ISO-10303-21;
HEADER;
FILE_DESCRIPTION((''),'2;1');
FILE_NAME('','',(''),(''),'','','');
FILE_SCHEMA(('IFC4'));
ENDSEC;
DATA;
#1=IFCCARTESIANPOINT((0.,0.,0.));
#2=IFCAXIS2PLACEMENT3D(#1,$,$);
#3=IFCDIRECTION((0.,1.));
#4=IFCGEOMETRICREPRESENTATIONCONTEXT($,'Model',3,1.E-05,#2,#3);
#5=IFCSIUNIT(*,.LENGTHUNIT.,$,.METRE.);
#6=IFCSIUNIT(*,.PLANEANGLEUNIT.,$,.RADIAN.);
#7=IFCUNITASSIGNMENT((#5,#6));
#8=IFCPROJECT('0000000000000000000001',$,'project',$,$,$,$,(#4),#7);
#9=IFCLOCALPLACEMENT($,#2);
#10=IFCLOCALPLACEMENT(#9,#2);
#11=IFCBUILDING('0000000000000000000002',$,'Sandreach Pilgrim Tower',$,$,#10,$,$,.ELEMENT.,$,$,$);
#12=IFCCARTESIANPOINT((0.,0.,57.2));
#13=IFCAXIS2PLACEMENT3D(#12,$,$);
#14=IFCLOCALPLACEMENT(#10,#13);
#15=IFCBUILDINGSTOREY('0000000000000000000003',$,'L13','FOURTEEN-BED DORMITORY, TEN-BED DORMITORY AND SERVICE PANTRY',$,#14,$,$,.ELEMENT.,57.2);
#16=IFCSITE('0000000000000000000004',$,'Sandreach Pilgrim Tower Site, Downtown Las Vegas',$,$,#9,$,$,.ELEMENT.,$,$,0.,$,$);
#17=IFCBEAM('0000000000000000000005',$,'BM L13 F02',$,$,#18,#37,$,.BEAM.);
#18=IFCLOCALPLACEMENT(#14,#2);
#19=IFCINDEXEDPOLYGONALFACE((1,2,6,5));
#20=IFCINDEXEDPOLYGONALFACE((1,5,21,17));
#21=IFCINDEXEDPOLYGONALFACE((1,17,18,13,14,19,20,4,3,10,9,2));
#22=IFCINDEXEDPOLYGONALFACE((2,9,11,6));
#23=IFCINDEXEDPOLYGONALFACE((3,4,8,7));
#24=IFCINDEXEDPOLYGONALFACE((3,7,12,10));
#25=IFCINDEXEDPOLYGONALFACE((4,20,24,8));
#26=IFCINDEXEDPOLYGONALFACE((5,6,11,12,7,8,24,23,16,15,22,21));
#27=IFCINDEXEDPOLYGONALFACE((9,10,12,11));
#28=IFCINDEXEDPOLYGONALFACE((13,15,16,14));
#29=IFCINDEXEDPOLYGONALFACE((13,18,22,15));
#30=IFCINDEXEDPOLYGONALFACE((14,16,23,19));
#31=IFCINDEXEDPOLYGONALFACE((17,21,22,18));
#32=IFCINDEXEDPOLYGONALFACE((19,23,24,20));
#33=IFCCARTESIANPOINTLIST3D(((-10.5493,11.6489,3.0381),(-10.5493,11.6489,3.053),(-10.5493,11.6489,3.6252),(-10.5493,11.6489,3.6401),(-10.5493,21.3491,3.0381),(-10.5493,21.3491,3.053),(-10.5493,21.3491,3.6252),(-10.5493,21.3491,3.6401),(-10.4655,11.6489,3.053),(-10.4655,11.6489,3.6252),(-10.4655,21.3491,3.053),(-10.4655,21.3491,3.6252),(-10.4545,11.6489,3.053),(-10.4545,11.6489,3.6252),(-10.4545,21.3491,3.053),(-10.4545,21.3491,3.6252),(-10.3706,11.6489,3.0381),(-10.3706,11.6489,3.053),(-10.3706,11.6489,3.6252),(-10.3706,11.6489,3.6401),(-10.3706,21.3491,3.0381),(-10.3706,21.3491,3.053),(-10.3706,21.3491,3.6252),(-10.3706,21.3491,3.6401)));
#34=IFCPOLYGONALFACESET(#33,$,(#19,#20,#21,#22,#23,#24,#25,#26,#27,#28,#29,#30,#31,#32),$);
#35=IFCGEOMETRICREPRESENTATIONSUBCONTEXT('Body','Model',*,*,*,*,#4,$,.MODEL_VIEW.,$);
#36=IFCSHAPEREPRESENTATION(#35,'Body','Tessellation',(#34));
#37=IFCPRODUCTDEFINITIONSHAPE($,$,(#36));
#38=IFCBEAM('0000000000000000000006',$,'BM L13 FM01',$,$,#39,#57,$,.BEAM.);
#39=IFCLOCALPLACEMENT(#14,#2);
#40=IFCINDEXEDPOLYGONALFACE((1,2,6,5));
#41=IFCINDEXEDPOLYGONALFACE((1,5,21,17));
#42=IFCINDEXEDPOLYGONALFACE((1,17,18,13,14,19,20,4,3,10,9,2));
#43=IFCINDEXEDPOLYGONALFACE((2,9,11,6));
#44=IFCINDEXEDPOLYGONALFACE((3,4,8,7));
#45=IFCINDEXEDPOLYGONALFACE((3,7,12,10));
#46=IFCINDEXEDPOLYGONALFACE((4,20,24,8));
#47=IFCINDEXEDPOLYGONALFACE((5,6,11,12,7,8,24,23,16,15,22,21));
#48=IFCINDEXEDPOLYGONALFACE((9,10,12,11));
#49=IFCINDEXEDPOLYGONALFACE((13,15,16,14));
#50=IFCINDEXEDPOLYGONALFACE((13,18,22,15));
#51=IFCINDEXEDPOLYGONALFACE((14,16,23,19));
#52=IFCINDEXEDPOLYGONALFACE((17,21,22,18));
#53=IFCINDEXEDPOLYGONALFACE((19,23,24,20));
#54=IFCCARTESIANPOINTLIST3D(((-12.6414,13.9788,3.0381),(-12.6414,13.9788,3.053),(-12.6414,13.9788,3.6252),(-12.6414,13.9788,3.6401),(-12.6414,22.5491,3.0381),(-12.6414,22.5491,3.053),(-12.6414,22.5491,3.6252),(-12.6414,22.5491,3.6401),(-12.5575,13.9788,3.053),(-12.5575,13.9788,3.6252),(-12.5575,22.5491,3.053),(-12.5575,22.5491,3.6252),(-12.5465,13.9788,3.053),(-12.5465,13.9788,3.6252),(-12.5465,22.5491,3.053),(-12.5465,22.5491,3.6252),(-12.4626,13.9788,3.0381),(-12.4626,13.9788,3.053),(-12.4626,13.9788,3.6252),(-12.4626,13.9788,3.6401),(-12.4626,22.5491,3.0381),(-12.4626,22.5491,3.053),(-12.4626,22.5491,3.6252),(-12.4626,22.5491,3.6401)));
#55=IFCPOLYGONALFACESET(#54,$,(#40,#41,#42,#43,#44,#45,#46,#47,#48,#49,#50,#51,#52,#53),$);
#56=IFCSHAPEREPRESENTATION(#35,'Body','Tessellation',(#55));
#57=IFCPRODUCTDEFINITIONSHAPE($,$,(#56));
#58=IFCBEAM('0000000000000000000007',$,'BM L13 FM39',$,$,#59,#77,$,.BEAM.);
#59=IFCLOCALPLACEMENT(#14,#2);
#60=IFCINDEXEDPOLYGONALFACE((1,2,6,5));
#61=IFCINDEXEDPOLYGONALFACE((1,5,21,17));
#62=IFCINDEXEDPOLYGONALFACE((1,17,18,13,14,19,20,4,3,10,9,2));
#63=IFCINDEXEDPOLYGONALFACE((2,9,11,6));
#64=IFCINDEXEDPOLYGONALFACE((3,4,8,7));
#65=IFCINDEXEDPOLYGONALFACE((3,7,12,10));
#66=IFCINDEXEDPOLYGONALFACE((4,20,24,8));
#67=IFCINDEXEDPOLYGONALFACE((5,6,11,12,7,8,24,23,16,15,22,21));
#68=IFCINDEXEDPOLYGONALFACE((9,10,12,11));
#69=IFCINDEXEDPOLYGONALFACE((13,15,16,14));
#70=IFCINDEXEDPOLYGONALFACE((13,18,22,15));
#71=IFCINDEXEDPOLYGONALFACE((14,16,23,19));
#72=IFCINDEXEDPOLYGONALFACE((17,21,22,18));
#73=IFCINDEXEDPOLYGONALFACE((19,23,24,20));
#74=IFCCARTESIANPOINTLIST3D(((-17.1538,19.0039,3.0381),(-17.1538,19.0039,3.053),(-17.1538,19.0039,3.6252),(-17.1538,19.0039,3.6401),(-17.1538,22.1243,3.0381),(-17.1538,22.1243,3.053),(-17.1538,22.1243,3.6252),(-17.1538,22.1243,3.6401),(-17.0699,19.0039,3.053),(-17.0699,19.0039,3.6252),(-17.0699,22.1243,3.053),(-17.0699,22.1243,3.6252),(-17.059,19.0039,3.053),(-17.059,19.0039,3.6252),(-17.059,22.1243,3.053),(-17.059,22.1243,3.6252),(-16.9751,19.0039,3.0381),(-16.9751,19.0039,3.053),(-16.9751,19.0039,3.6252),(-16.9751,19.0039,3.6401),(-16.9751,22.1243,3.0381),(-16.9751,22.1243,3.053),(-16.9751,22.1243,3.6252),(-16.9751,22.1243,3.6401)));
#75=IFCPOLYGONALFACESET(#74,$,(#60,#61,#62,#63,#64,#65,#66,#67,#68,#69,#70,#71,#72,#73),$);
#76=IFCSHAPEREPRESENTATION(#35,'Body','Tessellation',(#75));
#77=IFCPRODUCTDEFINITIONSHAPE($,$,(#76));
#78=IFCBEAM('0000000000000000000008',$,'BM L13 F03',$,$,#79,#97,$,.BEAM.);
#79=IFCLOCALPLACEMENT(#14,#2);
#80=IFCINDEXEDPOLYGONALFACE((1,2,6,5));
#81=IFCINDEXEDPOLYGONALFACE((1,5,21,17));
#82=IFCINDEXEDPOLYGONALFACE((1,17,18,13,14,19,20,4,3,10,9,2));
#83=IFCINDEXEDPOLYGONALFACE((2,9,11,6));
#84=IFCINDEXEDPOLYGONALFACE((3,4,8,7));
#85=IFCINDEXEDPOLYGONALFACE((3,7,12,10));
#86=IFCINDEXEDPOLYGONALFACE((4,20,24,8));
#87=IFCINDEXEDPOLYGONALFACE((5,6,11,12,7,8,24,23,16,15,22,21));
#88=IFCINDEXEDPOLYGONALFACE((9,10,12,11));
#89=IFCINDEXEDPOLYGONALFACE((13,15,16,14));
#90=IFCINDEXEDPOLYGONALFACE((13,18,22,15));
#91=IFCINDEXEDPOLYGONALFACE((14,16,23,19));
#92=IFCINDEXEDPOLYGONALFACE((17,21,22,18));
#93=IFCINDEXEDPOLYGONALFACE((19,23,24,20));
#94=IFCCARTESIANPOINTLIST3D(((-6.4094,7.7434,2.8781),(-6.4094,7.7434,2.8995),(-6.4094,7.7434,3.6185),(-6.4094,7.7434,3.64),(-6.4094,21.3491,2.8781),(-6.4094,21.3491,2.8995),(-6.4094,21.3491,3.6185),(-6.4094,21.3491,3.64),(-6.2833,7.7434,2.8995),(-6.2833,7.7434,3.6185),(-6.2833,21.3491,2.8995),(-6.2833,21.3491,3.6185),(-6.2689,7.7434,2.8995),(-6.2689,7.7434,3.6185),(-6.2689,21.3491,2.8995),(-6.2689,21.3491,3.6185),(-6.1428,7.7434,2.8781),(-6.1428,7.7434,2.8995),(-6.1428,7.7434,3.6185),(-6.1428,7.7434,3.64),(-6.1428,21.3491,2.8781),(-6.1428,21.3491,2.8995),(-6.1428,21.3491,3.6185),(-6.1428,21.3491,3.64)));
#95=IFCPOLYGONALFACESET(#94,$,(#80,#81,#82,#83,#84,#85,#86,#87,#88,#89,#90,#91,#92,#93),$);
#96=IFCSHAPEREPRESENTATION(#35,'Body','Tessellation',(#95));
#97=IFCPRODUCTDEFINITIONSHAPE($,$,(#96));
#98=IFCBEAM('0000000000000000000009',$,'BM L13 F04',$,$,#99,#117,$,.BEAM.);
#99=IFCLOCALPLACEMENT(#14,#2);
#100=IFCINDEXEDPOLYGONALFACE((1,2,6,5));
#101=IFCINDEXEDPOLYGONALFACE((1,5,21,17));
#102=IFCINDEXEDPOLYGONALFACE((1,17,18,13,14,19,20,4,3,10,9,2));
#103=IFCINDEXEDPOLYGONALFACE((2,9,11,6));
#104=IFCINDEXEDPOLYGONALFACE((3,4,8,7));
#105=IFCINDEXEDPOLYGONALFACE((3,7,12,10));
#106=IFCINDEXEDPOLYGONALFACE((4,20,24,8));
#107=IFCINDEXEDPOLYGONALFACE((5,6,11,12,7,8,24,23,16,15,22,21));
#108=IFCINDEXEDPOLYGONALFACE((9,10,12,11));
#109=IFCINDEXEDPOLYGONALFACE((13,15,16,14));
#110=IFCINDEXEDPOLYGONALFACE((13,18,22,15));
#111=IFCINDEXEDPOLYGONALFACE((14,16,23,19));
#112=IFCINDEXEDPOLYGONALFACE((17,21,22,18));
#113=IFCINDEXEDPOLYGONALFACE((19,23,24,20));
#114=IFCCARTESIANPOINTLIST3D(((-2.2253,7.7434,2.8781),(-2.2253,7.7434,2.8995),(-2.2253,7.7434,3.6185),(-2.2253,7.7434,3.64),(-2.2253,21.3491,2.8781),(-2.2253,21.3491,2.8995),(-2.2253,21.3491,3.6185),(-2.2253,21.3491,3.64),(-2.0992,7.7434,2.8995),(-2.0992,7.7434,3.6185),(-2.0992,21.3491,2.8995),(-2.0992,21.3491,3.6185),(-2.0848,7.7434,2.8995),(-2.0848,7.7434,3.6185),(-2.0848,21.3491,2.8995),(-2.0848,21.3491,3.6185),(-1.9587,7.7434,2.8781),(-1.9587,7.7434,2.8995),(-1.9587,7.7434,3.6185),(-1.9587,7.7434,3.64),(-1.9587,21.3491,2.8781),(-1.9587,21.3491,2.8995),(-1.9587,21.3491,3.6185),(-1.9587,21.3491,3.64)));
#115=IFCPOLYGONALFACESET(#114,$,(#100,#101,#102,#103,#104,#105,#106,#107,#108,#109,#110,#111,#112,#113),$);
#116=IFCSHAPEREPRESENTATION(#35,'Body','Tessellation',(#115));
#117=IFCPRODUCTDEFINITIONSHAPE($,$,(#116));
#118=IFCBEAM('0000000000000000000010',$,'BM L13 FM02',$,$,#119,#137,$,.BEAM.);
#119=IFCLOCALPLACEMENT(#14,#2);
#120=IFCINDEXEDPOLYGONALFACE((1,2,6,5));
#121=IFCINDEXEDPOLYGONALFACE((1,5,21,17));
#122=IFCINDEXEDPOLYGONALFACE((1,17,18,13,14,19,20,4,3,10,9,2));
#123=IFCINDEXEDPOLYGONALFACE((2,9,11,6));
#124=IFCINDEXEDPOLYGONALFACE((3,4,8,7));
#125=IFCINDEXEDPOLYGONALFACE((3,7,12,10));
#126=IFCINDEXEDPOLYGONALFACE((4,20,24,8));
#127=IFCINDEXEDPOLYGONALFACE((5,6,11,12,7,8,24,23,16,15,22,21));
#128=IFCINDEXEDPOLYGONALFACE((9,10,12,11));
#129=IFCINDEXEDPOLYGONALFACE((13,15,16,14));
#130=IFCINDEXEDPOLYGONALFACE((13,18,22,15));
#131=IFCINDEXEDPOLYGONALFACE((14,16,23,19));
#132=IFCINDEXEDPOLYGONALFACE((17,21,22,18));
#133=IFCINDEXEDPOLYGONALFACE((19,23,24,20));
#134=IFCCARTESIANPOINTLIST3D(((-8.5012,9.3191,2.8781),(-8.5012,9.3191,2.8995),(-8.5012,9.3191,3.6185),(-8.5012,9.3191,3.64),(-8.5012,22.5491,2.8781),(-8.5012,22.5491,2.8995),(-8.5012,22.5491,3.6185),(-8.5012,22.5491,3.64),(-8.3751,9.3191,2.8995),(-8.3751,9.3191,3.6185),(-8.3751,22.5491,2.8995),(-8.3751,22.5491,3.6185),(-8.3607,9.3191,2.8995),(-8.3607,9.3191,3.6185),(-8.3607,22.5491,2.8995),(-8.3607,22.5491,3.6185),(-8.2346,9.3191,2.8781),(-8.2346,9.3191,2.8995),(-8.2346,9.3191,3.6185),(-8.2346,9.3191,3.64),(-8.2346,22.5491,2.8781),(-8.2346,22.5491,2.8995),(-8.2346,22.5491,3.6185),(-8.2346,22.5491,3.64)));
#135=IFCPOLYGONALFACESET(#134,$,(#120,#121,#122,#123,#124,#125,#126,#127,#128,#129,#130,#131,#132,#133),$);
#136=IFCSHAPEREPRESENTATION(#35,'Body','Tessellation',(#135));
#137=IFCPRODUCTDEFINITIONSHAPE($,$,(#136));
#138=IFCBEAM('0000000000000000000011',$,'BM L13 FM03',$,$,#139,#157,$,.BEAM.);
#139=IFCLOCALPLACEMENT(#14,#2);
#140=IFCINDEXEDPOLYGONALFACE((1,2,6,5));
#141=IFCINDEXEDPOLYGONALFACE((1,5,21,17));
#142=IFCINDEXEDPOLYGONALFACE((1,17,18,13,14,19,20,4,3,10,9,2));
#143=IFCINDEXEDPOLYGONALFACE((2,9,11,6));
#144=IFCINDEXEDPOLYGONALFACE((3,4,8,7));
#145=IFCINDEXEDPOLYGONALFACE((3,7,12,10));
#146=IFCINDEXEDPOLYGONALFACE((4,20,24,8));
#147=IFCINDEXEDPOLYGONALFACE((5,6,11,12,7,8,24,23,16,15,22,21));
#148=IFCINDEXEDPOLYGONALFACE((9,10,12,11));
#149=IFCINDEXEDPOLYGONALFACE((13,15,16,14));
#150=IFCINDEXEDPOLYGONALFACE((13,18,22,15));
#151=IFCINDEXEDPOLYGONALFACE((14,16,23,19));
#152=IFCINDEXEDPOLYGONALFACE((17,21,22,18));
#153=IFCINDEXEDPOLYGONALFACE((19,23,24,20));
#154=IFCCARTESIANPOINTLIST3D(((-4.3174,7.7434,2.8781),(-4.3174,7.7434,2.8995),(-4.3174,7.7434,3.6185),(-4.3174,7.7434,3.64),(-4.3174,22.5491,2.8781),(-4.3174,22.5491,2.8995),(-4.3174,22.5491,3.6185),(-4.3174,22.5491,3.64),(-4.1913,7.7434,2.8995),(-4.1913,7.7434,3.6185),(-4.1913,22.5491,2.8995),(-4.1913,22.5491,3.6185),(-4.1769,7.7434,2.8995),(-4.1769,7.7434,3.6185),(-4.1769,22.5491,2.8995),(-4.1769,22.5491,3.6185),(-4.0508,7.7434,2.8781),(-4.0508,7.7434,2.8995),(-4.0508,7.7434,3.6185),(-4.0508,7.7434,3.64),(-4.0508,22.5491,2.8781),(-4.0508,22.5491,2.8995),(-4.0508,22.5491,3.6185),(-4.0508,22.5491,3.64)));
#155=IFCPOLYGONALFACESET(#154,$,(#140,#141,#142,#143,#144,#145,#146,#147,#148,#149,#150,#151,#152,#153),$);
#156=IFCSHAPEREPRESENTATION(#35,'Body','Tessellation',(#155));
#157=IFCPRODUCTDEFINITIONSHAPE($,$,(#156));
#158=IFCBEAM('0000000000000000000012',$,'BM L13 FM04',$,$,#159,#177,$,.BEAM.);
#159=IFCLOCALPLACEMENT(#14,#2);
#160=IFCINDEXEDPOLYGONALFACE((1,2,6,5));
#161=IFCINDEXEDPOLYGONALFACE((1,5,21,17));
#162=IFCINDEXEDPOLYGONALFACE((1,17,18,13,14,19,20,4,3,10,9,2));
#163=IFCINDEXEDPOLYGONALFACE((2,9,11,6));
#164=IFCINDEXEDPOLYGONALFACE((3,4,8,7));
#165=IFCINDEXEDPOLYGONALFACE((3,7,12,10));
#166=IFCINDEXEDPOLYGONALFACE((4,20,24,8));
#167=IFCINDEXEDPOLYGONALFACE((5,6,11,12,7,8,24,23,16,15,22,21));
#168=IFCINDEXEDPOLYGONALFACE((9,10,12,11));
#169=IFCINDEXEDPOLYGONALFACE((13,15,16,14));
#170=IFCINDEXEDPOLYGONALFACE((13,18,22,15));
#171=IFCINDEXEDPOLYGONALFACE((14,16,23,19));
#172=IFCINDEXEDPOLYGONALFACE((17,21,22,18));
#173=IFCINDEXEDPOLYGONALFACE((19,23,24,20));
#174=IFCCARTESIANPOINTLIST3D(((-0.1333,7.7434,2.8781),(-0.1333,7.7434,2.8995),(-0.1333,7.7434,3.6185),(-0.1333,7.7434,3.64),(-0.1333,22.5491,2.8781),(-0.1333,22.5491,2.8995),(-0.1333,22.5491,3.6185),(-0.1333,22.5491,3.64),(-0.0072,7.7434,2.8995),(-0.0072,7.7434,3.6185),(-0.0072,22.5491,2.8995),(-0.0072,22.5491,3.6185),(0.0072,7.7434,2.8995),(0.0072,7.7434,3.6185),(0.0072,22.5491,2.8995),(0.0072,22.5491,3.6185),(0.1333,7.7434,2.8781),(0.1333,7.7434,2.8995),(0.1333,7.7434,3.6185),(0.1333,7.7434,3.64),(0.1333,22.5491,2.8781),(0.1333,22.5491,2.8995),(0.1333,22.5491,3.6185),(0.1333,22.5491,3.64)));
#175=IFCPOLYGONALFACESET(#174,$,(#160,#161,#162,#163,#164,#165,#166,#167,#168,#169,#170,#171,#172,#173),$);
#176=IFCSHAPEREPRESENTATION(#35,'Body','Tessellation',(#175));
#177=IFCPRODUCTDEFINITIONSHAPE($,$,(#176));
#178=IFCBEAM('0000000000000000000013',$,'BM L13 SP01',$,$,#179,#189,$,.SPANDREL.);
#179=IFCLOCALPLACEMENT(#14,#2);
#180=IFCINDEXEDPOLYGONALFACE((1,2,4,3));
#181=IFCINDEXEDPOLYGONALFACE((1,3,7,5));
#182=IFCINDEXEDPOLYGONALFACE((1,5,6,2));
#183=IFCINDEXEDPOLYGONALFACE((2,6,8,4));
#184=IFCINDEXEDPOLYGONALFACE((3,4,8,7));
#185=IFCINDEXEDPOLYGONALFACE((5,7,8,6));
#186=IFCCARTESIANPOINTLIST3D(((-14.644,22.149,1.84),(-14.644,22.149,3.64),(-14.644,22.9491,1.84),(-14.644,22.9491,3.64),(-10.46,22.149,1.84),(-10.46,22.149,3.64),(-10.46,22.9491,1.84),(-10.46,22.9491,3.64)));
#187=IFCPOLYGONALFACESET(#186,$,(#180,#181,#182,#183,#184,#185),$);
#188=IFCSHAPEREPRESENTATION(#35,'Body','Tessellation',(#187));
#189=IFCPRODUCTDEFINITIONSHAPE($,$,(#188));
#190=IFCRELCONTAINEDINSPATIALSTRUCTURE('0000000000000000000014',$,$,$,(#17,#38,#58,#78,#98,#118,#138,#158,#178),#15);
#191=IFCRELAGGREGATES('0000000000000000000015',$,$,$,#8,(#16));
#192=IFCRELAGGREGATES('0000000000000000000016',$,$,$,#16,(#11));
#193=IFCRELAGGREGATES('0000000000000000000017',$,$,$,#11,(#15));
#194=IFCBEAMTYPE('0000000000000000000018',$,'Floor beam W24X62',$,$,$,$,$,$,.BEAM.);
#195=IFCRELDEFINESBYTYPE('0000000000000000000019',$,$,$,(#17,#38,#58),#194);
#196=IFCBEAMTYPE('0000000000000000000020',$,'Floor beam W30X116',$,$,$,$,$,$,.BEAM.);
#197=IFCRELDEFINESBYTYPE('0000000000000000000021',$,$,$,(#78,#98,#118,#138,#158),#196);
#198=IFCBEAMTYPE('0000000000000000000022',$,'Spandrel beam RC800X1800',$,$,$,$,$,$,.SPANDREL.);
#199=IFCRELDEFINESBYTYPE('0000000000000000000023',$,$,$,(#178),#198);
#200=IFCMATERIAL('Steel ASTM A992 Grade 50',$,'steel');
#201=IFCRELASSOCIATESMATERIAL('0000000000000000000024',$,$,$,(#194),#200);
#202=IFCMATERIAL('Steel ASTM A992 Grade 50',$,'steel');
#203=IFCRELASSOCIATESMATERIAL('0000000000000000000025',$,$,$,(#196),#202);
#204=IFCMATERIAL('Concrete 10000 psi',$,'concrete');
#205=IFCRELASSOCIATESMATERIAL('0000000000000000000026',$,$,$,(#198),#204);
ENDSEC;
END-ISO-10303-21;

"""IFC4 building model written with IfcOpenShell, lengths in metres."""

from ifc_helpers import new_model, si_unit, direction, frame, origin, origin_2d, place, context, subcontext, project, spatial, rectangle, i_section, extrude, material, material_profile, profile_set, type_object, element, save


model = new_model("IFC4")

# Units and contexts
model_context = context("Model", 3, precision=1e-05, world=origin(), true_north=direction((0.0, 1.0)))
body_context = subcontext(model_context, "Body", "Model", "MODEL_VIEW")
ifc_project = project(units=[si_unit("LENGTHUNIT", "METRE"), si_unit("PLANEANGLEUNIT", "RADIAN")], contexts=[model_context])

# Site, building, storey
site_placement = place(None, origin())
site = spatial("IfcSite", under=ifc_project, at=site_placement, Name="Sandreach Pilgrim Tower Site, Downtown Las Vegas", CompositionType="ELEMENT", RefElevation=0.0)
building_placement = place(site_placement, origin())
building = spatial("IfcBuilding", under=site, at=building_placement, Name="Sandreach Pilgrim Tower", CompositionType="ELEMENT")
storey_placement = place(building_placement, frame((0.0, 0.0, 57.2)))
storey = spatial("IfcBuildingStorey", under=building, at=storey_placement, Name="L13", Description="FOURTEEN-BED DORMITORY, TEN-BED DORMITORY AND SERVICE PANTRY", CompositionType="ELEMENT", Elevation=57.2)

# Beams
ifc_material_1 = material(Name="Steel ASTM A992 Grade 50", Category="steel")
ifc_material_profile_1 = material_profile(ifc_material_1, i_section(OverallWidth=0.1787, OverallDepth=0.6021, WebThickness=0.011, FlangeThickness=0.0149, at=origin_2d()), Name="W24X62")
ifc_profile_set_1 = profile_set([ifc_material_profile_1], Name="Steel ASTM A992 Grade 50")
beam_type_1 = type_object("IfcBeamType", Name="Floor beam W24X62", PredefinedType="BEAM", material=ifc_profile_set_1)
beam_1_placement = place(storey_placement, frame((-10.46, 21.3491, 3.3391), z_axis=(0.0, -1.0, 0.0), x_axis=(1.0, 0.0, 0.0)))
element("IfcBeam", 1, at=beam_1_placement, inside=storey, type_object=beam_type_1, Name="BM L13 F02", PredefinedType="BEAM", context=body_context, shape_type="SweptSolid", body=[
    extrude(i_section(OverallWidth=0.1787, OverallDepth=0.6021, WebThickness=0.011, FlangeThickness=0.0149, at=origin_2d()), origin(), (0.0, 0.0, 1.0), 9.7002),
])
beam_2_placement = place(storey_placement, frame((-12.552, 22.5491, 3.3391), z_axis=(0.0, -1.0, 0.0), x_axis=(1.0, 0.0, 0.0)))
element("IfcBeam", 2, at=beam_2_placement, inside=storey, type_object=beam_type_1, Name="BM L13 FM01", PredefinedType="BEAM", context=body_context, shape_type="SweptSolid", body=[
    extrude(i_section(OverallWidth=0.1787, OverallDepth=0.6021, WebThickness=0.011, FlangeThickness=0.0149, at=origin_2d()), origin(), (0.0, 0.0, 1.0), 8.5703),
])
beam_3_placement = place(storey_placement, frame((-17.0645, 22.1243, 3.3391), z_axis=(0.0, -1.0, 0.0), x_axis=(1.0, 0.0, 0.0)))
element("IfcBeam", 3, at=beam_3_placement, inside=storey, type_object=beam_type_1, Name="BM L13 FM39", PredefinedType="BEAM", context=body_context, shape_type="SweptSolid", body=[
    extrude(i_section(OverallWidth=0.1787, OverallDepth=0.6021, WebThickness=0.011, FlangeThickness=0.0149, at=origin_2d()), origin(), (0.0, 0.0, 1.0), 3.1204),
])
ifc_material_2 = material(Name="Steel ASTM A992 Grade 50", Category="steel")
ifc_material_profile_2 = material_profile(ifc_material_2, i_section(OverallWidth=0.2666, OverallDepth=0.762, WebThickness=0.0144, FlangeThickness=0.0215, at=origin_2d()), Name="W30X116")
ifc_profile_set_2 = profile_set([ifc_material_profile_2], Name="Steel ASTM A992 Grade 50")
beam_type_2 = type_object("IfcBeamType", Name="Floor beam W30X116", PredefinedType="BEAM", material=ifc_profile_set_2)
for number, where, z_axis, x_axis, name in (
    (4, (-6.2761, 21.3491, 3.259), (0.0, -1.0, 0.0), (1.0, 0.0, 0.0), "BM L13 F03"),
    (5, (-2.092, 21.3491, 3.259), (0.0, -1.0, 0.0), (1.0, 0.0, 0.0), "BM L13 F04"),
):
    element("IfcBeam", number, at=place(storey_placement, frame(where, z_axis=z_axis, x_axis=x_axis)), inside=storey, type_object=beam_type_2, Name=name, PredefinedType="BEAM", context=body_context, shape_type="SweptSolid", body=[
        extrude(i_section(OverallWidth=0.2666, OverallDepth=0.762, WebThickness=0.0144, FlangeThickness=0.0215, at=origin_2d()), origin(), (0.0, 0.0, 1.0), 13.6057),
    ])
beam_4_placement = place(storey_placement, frame((-8.3679, 22.5491, 3.259), z_axis=(0.0, -1.0, 0.0), x_axis=(1.0, 0.0, 0.0)))
element("IfcBeam", 6, at=beam_4_placement, inside=storey, type_object=beam_type_2, Name="BM L13 FM02", PredefinedType="BEAM", context=body_context, shape_type="SweptSolid", body=[
    extrude(i_section(OverallWidth=0.2666, OverallDepth=0.762, WebThickness=0.0144, FlangeThickness=0.0215, at=origin_2d()), origin(), (0.0, 0.0, 1.0), 13.23),
])
for number, where, z_axis, x_axis, name in (
    (7, (-4.1841, 22.5491, 3.259), (0.0, -1.0, 0.0), (1.0, 0.0, 0.0), "BM L13 FM03"),
    (8, (0.0, 22.5491, 3.259), (0.0, -1.0, 0.0), (1.0, 0.0, 0.0), "BM L13 FM04"),
):
    element("IfcBeam", number, at=place(storey_placement, frame(where, z_axis=z_axis, x_axis=x_axis)), inside=storey, type_object=beam_type_2, Name=name, PredefinedType="BEAM", context=body_context, shape_type="SweptSolid", body=[
        extrude(i_section(OverallWidth=0.2666, OverallDepth=0.762, WebThickness=0.0144, FlangeThickness=0.0215, at=origin_2d()), origin(), (0.0, 0.0, 1.0), 14.8057),
    ])
ifc_material_3 = material(Name="Concrete 10000 psi", Category="concrete")
ifc_material_profile_3 = material_profile(ifc_material_3, rectangle(XDim=0.8, YDim=1.8, at=origin_2d()), Name="RC800X1800")
ifc_profile_set_3 = profile_set([ifc_material_profile_3], Name="Concrete 10000 psi")
beam_type_3 = type_object("IfcBeamType", Name="Spandrel beam RC800X1800", PredefinedType="SPANDREL", material=ifc_profile_set_3)
beam_5_placement = place(storey_placement, frame((-14.644, 22.5491, 2.74), z_axis=(1.0, 0.0, 0.0), x_axis=(0.0, 1.0, 0.0)))
element("IfcBeam", 9, at=beam_5_placement, inside=storey, type_object=beam_type_3, Name="BM L13 SP01", PredefinedType="SPANDREL", context=body_context, shape_type="SweptSolid", body=[
    extrude(rectangle(XDim=0.8, YDim=1.8, at=origin_2d()), origin(), (0.0, 0.0, 1.0), 4.1841),
])

save(model, "model.ifc")
